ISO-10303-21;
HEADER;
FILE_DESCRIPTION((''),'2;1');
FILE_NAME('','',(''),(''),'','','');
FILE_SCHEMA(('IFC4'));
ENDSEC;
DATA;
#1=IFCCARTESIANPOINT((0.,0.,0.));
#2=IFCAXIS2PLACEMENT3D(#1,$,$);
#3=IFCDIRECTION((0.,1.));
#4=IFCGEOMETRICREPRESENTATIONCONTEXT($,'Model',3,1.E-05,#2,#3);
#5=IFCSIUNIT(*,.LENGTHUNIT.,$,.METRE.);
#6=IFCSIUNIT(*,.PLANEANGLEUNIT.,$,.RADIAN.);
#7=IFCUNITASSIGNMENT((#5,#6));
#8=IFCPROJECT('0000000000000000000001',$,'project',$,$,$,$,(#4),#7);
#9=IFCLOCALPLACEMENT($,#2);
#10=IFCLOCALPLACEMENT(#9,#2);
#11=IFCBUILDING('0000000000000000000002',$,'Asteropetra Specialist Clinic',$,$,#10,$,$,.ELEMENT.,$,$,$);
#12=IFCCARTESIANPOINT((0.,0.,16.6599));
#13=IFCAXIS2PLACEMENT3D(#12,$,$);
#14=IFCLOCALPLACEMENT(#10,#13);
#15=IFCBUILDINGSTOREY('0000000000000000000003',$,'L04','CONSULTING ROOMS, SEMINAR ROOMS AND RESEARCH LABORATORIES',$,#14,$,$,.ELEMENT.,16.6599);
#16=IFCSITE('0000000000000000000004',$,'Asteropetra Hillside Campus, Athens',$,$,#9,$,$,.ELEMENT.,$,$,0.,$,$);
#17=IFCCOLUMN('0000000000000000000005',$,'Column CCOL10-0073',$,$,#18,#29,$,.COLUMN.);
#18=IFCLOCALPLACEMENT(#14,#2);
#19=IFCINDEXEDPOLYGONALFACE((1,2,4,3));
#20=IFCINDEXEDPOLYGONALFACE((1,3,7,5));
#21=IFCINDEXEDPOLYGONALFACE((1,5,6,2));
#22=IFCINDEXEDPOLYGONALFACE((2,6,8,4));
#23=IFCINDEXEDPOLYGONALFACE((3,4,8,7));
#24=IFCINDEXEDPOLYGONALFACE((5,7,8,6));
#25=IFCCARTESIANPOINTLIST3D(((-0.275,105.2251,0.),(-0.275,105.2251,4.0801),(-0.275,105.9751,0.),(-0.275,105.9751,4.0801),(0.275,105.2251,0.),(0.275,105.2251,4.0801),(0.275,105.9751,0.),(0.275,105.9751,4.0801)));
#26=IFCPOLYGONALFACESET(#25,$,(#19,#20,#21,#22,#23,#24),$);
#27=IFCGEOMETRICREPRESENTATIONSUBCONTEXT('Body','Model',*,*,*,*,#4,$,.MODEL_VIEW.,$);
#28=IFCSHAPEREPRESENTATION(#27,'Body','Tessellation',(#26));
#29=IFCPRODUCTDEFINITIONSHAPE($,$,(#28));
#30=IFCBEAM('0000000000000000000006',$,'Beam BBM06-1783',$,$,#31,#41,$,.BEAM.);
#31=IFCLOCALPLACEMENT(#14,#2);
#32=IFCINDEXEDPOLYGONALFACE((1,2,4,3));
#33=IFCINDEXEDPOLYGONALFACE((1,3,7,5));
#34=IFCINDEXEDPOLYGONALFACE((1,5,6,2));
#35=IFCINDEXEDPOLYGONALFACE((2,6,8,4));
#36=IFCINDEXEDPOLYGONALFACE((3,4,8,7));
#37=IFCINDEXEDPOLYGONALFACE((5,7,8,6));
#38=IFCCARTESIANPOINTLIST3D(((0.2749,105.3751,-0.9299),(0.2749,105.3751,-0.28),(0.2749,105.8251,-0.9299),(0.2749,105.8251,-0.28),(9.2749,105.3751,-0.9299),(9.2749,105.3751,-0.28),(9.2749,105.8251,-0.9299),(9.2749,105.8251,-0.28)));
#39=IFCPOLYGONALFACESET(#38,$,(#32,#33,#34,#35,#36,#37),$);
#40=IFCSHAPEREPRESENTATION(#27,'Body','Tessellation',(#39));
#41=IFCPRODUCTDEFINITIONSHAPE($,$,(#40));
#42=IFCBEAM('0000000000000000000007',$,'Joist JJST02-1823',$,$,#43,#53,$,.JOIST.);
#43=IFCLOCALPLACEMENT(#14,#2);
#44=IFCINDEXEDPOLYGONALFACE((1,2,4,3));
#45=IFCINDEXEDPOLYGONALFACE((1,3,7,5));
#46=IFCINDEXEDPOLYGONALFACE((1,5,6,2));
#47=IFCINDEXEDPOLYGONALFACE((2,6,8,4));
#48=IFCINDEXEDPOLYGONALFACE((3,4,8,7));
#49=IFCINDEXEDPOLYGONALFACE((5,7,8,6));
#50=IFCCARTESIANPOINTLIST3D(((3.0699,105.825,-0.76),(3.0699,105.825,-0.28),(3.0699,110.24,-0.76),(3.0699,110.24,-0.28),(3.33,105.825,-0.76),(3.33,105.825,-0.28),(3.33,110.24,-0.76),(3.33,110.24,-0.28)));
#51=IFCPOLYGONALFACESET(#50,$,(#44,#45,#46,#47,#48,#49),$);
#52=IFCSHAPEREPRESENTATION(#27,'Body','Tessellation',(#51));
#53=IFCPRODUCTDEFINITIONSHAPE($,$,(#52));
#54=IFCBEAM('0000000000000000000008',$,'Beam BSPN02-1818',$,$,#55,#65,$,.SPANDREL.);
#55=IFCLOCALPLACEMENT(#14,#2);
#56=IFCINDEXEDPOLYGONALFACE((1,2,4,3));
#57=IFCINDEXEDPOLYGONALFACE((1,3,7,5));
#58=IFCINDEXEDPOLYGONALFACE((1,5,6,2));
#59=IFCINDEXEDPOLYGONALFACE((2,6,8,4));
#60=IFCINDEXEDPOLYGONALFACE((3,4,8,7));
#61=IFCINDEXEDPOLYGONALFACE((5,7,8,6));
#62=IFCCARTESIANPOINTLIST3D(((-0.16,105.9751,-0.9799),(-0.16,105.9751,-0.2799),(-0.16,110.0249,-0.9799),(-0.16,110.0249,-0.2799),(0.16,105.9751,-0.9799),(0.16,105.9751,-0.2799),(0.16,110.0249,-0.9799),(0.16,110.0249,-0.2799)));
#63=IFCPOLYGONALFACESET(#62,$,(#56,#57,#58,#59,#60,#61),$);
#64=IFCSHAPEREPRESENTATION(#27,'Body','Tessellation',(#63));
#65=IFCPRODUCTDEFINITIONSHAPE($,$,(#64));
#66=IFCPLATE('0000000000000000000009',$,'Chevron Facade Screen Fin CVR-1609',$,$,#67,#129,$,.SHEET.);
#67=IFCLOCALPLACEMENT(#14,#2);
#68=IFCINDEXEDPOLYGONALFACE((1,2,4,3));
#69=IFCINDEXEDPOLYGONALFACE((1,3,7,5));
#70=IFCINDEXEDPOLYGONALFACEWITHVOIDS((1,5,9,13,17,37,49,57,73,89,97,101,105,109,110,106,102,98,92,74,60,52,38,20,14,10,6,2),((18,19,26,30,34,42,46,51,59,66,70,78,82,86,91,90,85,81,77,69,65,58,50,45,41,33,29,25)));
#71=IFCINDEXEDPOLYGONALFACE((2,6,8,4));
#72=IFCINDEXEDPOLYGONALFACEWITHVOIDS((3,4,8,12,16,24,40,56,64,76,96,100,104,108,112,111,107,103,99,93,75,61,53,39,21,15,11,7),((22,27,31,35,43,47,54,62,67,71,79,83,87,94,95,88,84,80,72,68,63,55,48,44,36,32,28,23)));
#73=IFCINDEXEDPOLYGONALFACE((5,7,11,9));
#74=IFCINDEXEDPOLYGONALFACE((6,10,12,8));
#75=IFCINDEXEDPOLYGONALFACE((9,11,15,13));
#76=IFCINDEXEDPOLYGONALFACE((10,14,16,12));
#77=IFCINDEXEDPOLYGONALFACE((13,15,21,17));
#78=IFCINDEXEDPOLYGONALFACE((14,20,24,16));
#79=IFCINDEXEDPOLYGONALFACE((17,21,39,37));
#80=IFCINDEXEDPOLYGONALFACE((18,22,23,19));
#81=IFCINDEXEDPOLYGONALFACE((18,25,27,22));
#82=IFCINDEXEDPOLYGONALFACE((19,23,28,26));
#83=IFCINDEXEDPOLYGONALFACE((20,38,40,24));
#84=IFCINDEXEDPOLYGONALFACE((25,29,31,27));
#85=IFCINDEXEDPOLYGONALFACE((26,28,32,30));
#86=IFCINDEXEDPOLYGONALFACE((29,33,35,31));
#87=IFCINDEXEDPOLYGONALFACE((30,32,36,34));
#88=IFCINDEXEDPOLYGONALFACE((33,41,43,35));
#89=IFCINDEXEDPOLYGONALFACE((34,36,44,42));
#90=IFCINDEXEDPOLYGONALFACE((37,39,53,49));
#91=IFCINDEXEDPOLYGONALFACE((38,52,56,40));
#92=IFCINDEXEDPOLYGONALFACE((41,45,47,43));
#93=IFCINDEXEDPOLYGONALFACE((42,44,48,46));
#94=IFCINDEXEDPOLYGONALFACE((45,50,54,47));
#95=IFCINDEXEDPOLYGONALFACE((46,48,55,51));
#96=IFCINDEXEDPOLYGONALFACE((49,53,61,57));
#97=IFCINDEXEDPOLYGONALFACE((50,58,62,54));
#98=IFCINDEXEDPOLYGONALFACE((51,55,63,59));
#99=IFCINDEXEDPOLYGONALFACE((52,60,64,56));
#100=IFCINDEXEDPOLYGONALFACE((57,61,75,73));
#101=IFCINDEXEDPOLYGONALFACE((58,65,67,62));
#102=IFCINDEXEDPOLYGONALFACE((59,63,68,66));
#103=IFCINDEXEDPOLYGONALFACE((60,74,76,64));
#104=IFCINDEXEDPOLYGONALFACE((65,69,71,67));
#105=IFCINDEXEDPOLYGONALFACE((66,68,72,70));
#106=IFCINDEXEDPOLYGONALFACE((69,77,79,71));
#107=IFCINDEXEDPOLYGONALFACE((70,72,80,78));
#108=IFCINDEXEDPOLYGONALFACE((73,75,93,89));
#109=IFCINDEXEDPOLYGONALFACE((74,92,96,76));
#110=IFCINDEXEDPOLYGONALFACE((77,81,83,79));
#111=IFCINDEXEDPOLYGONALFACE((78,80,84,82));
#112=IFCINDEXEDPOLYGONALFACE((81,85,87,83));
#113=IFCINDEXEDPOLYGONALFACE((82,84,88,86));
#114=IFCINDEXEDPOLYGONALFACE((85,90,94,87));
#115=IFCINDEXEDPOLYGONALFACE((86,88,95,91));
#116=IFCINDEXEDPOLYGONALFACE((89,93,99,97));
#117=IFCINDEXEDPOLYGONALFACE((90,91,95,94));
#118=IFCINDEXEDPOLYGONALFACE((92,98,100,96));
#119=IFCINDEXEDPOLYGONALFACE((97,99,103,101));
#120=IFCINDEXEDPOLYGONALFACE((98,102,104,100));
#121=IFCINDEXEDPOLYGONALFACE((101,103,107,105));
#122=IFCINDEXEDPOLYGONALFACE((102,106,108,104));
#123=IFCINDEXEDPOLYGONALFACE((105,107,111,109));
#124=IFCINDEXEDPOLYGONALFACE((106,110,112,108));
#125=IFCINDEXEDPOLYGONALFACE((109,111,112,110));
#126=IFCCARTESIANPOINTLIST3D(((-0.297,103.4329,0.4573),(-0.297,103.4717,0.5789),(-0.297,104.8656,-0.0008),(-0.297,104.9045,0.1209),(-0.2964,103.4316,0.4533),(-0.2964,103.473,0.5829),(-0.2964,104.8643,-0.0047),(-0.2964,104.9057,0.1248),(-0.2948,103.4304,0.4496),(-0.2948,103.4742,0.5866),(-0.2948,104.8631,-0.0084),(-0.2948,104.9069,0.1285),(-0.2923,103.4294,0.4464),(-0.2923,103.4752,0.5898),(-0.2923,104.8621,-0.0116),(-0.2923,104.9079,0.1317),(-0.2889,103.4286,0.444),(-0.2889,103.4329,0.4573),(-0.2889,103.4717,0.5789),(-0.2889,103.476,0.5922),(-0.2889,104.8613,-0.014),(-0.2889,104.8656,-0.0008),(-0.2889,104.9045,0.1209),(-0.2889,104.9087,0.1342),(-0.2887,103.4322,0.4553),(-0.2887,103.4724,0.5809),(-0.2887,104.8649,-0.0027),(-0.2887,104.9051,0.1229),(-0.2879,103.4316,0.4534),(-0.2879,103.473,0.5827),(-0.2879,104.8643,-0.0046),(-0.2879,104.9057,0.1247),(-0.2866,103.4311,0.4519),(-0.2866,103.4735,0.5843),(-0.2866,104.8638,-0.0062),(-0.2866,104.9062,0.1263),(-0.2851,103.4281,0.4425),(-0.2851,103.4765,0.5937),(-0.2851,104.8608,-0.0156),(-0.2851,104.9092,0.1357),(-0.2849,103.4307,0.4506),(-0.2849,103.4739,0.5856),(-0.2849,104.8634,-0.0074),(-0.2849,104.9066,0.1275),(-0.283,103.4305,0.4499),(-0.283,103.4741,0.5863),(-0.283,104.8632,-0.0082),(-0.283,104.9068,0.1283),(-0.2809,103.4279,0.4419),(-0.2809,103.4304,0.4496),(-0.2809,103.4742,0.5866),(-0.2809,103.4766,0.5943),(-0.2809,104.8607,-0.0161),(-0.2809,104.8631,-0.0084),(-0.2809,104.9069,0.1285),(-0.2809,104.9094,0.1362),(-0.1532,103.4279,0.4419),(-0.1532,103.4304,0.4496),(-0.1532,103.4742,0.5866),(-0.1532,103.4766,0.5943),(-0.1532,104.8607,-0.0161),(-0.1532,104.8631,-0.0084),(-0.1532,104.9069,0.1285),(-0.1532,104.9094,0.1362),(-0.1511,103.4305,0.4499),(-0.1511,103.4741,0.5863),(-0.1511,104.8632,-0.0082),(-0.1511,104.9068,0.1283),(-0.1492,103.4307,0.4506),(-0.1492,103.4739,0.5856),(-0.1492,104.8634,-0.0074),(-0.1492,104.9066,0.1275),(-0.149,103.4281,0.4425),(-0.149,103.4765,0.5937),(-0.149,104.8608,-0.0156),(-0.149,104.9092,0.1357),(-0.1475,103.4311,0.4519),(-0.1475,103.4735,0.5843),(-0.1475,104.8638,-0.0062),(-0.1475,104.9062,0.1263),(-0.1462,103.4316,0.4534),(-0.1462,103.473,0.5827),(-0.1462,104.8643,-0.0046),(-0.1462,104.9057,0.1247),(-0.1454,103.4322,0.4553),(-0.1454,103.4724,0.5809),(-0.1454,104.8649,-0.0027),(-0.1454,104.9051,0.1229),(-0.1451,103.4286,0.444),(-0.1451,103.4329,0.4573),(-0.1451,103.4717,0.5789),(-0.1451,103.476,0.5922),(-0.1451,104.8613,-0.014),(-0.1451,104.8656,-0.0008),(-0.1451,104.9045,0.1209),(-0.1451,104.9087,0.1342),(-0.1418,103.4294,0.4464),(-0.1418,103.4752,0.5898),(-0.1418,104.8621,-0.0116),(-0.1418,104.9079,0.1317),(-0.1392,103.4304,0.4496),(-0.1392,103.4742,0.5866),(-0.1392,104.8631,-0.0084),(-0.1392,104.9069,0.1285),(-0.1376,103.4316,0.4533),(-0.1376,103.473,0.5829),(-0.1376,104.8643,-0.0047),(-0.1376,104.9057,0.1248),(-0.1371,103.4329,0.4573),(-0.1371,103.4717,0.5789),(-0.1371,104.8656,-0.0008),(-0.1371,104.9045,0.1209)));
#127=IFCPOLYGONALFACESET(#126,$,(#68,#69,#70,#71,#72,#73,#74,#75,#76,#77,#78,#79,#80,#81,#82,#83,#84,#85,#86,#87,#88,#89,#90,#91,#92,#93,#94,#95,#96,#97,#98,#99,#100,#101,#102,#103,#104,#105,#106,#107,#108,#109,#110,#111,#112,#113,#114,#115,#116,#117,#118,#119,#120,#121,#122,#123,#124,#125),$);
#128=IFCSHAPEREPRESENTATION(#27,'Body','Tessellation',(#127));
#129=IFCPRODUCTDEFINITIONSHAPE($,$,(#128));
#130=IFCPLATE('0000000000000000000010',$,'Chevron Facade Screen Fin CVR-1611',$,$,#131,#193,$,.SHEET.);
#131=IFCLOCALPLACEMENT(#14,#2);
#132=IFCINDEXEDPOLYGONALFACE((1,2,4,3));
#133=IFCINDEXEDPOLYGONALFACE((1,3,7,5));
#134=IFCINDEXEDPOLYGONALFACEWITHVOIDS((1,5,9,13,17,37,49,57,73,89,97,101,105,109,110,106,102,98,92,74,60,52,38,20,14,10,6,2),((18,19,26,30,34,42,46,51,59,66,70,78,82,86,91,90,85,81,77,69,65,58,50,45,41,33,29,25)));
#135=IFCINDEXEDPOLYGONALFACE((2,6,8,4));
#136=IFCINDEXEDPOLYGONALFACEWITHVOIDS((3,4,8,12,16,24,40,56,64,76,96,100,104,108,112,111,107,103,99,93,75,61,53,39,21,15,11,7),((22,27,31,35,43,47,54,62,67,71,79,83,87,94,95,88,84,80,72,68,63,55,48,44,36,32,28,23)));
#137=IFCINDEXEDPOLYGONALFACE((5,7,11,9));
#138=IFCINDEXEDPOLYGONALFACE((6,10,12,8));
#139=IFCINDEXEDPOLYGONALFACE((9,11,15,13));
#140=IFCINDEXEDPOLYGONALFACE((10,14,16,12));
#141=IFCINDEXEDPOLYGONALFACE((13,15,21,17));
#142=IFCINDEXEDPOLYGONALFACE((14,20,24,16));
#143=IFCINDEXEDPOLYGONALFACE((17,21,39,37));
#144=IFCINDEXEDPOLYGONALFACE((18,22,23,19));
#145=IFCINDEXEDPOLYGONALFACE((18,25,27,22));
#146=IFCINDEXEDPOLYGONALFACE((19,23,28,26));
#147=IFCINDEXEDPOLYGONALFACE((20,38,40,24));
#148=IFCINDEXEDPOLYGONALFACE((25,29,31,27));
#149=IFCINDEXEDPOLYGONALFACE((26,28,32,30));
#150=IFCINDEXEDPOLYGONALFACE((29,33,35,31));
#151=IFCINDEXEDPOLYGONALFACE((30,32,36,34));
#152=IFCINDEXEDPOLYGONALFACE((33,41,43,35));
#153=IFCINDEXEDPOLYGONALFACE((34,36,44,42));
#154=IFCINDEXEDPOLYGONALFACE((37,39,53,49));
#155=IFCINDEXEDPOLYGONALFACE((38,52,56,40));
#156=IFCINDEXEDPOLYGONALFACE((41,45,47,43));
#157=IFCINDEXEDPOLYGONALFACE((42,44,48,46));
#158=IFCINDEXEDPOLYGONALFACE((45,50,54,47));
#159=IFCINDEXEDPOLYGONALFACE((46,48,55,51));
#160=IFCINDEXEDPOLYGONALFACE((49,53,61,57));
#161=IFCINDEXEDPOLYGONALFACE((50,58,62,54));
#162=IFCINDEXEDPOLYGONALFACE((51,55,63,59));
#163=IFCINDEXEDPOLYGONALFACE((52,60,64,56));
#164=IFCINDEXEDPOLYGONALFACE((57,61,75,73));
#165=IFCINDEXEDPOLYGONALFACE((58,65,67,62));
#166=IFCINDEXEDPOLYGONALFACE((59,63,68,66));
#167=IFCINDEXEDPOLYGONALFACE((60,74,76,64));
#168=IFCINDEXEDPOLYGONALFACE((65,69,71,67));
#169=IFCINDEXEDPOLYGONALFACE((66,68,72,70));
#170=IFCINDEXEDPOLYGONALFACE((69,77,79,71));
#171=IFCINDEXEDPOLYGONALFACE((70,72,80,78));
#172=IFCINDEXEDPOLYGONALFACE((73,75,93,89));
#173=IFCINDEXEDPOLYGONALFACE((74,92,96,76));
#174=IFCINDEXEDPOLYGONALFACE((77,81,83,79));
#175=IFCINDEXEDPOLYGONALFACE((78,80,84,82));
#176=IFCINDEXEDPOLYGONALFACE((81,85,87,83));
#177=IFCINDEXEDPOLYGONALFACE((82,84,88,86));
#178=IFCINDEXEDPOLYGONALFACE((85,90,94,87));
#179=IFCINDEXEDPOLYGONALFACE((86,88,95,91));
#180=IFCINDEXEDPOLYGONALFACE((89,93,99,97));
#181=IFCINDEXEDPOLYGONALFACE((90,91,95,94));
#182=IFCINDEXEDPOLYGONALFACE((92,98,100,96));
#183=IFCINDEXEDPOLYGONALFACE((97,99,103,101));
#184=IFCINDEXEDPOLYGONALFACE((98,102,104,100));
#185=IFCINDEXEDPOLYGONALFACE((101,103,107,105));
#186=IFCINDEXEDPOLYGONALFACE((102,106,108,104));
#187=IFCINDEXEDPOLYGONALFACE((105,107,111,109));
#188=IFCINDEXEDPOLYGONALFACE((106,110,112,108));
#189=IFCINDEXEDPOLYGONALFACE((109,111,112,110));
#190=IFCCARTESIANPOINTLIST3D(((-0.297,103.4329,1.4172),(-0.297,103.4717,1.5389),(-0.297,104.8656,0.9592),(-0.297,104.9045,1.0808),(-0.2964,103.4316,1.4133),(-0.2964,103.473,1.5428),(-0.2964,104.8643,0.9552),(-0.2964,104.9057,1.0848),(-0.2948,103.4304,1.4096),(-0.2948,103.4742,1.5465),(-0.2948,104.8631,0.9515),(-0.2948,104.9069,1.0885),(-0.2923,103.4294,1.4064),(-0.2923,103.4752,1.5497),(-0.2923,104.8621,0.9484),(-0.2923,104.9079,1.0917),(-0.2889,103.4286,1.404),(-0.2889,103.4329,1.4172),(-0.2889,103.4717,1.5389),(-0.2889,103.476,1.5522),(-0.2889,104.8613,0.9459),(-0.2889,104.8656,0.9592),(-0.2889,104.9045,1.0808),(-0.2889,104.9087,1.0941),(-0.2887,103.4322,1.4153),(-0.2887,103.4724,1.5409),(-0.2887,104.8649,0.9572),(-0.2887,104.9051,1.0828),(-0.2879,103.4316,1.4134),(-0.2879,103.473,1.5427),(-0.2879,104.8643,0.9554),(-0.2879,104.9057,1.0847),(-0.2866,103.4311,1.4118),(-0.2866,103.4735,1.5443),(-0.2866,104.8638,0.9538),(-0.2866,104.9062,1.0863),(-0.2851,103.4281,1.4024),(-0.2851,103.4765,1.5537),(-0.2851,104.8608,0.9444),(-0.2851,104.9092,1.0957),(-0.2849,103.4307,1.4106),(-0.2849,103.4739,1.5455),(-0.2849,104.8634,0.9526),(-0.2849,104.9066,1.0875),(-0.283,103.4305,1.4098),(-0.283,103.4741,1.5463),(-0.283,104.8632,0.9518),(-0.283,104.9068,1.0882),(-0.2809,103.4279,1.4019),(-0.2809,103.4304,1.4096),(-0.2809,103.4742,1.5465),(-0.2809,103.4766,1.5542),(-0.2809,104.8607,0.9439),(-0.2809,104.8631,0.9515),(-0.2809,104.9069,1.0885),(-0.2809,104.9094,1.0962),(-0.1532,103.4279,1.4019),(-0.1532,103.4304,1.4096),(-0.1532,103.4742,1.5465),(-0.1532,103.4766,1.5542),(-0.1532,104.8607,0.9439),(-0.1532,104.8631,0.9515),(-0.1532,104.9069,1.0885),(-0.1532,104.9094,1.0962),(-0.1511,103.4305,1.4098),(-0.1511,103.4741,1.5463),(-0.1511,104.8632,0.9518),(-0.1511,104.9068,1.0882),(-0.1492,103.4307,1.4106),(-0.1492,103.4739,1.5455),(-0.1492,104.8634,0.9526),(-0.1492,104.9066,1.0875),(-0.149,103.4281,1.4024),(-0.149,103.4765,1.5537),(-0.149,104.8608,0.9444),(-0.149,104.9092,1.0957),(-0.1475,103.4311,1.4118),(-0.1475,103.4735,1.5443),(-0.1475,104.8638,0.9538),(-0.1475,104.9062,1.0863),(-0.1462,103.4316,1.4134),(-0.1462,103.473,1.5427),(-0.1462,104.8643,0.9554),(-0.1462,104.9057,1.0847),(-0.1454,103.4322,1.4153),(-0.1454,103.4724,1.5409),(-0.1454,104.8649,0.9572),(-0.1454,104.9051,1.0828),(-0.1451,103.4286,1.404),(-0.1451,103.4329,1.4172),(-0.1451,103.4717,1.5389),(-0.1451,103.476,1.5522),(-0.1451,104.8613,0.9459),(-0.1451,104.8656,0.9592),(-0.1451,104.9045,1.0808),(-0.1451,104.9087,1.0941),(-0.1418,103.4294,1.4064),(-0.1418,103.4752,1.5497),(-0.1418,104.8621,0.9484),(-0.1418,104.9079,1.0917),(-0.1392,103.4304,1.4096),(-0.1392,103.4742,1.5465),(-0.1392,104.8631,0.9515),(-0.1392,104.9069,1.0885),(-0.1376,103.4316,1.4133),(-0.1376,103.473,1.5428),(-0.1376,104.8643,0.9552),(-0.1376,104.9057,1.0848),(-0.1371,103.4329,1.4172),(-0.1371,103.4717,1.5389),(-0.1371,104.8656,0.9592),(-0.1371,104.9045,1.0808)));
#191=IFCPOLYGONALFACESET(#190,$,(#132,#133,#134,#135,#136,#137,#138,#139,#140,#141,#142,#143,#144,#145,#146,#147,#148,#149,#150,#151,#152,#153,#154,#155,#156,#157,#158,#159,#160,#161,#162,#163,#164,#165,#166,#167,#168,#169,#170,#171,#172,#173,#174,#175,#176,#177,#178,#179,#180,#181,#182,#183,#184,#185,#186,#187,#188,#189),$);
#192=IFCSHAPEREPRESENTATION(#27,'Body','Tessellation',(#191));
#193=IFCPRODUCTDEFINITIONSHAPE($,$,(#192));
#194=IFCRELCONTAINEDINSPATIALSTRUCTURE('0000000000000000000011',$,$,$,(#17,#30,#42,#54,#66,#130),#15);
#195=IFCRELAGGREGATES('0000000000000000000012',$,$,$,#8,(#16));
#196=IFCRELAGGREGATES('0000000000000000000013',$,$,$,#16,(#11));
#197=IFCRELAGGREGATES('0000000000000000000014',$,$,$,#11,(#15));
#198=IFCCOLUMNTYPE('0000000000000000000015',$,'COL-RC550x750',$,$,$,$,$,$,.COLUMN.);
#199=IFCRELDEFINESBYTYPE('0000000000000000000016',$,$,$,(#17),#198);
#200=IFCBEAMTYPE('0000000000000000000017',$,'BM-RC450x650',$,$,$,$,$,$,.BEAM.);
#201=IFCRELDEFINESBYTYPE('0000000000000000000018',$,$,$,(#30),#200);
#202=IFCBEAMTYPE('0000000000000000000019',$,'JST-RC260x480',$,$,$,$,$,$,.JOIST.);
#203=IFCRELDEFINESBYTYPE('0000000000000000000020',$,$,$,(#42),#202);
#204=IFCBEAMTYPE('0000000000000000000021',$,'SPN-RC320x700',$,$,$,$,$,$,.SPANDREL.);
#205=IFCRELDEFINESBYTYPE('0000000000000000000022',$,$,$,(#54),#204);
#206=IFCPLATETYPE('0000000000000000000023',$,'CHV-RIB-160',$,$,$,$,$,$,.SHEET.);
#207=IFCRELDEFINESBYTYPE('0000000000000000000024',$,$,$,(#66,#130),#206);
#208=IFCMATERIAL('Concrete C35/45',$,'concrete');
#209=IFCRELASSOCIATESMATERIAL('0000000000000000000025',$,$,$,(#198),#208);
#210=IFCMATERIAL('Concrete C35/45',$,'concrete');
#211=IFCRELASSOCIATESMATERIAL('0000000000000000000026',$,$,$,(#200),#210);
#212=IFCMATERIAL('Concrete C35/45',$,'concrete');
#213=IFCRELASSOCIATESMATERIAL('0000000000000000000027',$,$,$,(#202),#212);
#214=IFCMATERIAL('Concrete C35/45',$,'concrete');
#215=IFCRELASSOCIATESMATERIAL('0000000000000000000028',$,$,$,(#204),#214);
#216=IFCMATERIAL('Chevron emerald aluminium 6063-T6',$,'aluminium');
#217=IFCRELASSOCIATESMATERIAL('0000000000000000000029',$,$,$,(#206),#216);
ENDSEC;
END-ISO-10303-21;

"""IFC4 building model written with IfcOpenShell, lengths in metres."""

from ifc_helpers import new_model, si_unit, direction, frame, origin, origin_2d, place, context, subcontext, project, spatial, rectangle, hollow_rectangle, extrude, material, material_profile, profile_set, type_object, element, save


model = new_model("IFC4")

# Units and contexts
model_context = context("Model", 3, precision=1e-05, world=origin(), true_north=direction((0.0, 1.0)))
body_context = subcontext(model_context, "Body", "Model", "MODEL_VIEW")
ifc_project = project(units=[si_unit("LENGTHUNIT", "METRE"), si_unit("PLANEANGLEUNIT", "RADIAN")], contexts=[model_context])

# Site, building, storey
site_placement = place(None, origin())
site = spatial("IfcSite", under=ifc_project, at=site_placement, Name="Asteropetra Hillside Campus, Athens", CompositionType="ELEMENT", RefElevation=0.0)
building_placement = place(site_placement, origin())
building = spatial("IfcBuilding", under=site, at=building_placement, Name="Asteropetra Specialist Clinic", CompositionType="ELEMENT")
storey_placement = place(building_placement, frame((0.0, 0.0, 16.6599)))
storey = spatial("IfcBuildingStorey", under=building, at=storey_placement, Name="L04", Description="CONSULTING ROOMS, SEMINAR ROOMS AND RESEARCH LABORATORIES", CompositionType="ELEMENT", Elevation=16.6599)

# Column
ifc_material_1 = material(Name="Concrete C35/45", Category="concrete")
ifc_material_profile_1 = material_profile(ifc_material_1, rectangle(XDim=0.55, YDim=0.75, at=origin_2d()), Name="RC 550x750")
ifc_profile_set_1 = profile_set([ifc_material_profile_1], Name="Concrete C35/45")
column_type = type_object("IfcColumnType", Name="COL-RC550x750", PredefinedType="COLUMN", material=ifc_profile_set_1)
column_placement = place(storey_placement, frame((0.0, 105.6001, 0.0), z_axis=(0.0, 0.0, 1.0), x_axis=(1.0, 0.0, 0.0)))
element("IfcColumn", 1, at=column_placement, inside=storey, type_object=column_type, Name="Column CCOL10-0073", PredefinedType="COLUMN", context=body_context, shape_type="SweptSolid", body=[
    extrude(rectangle(XDim=0.55, YDim=0.75, at=origin_2d()), origin(), (0.0, 0.0, 1.0), 4.0801),
])

# Beams
ifc_material_2 = material(Name="Concrete C35/45", Category="concrete")
ifc_material_profile_2 = material_profile(ifc_material_2, rectangle(XDim=0.45, YDim=0.6499, at=origin_2d()), Name="RCB 450x650")
ifc_profile_set_2 = profile_set([ifc_material_profile_2], Name="Concrete C35/45")
beam_type_1 = type_object("IfcBeamType", Name="BM-RC450x650", PredefinedType="BEAM", material=ifc_profile_set_2)
beam_1_placement = place(storey_placement, frame((0.2749, 105.6001, -0.605), z_axis=(1.0, 0.0, 0.0), x_axis=(0.0, 1.0, 0.0)))
element("IfcBeam", 2, at=beam_1_placement, inside=storey, type_object=beam_type_1, Name="Beam BBM06-1783", PredefinedType="BEAM", context=body_context, shape_type="SweptSolid", body=[
    extrude(rectangle(XDim=0.45, YDim=0.6499, at=origin_2d()), origin(), (0.0, 0.0, 1.0), 9.0),
])
ifc_material_3 = material(Name="Concrete C35/45", Category="concrete")
ifc_material_profile_3 = material_profile(ifc_material_3, rectangle(XDim=0.26, YDim=0.48, at=origin_2d()), Name="RCJ 260x480")
ifc_profile_set_3 = profile_set([ifc_material_profile_3], Name="Concrete C35/45")
beam_type_2 = type_object("IfcBeamType", Name="JST-RC260x480", PredefinedType="JOIST", material=ifc_profile_set_3)
beam_2_placement = place(storey_placement, frame((3.2, 105.825, -0.52), z_axis=(0.0, 1.0, 0.0), x_axis=(-1.0, 0.0, 0.0)))
element("IfcBeam", 3, at=beam_2_placement, inside=storey, type_object=beam_type_2, Name="Joist JJST02-1823", PredefinedType="JOIST", context=body_context, shape_type="SweptSolid", body=[
    extrude(rectangle(XDim=0.26, YDim=0.48, at=origin_2d()), origin(), (0.0, 0.0, 1.0), 4.415),
])
ifc_material_4 = material(Name="Concrete C35/45", Category="concrete")
ifc_material_profile_4 = material_profile(ifc_material_4, rectangle(XDim=0.3201, YDim=0.7, at=origin_2d()), Name="RCS 320x700")
ifc_profile_set_4 = profile_set([ifc_material_profile_4], Name="Concrete C35/45")
beam_type_3 = type_object("IfcBeamType", Name="SPN-RC320x700", PredefinedType="SPANDREL", material=ifc_profile_set_4)
beam_3_placement = place(storey_placement, frame((0.0, 105.9751, -0.6299), z_axis=(0.0, 1.0, 0.0), x_axis=(-1.0, 0.0, 0.0)))
element("IfcBeam", 4, at=beam_3_placement, inside=storey, type_object=beam_type_3, Name="Beam BSPN02-1818", PredefinedType="SPANDREL", context=body_context, shape_type="SweptSolid", body=[
    extrude(rectangle(XDim=0.3201, YDim=0.7, at=origin_2d()), origin(), (0.0, 0.0, 1.0), 4.0498),
])

# Plates
ifc_material_5 = material(Name="Chevron emerald aluminium 6063-T6", Category="aluminium")
ifc_material_profile_5 = material_profile(ifc_material_5, hollow_rectangle(XDim=0.1599, YDim=0.1599, WallThickness=0.0081, InnerFilletRadius=0.0081, OuterFilletRadius=0.0161, at=origin_2d()), Name="SHS 160x160x8.0")
ifc_profile_set_5 = profile_set([ifc_material_profile_5], Name="Chevron emerald aluminium 6063-T6")
plate_type_1 = type_object("IfcPlateType", Name="CHV-RIB-160", PredefinedType="SHEET", material=ifc_profile_set_5)
for number, where, z_axis, x_axis, name in (
    (5, (-0.217, 104.885, 0.0601), (0.0, -0.952507, 0.304517), (1.0, 0.0, 0.0), "Chevron Facade Screen Fin CVR-1609"),
    (6, (-0.217, 104.885, 1.02), (0.0, -0.952507, 0.304517), (1.0, 0.0, 0.0), "Chevron Facade Screen Fin CVR-1611"),
):
    element("IfcPlate", number, at=place(storey_placement, frame(where, z_axis=z_axis, x_axis=x_axis)), inside=storey, type_object=plate_type_1, Name=name, PredefinedType="SHEET", context=body_context, shape_type="SweptSolid", body=[
        extrude(hollow_rectangle(XDim=0.1599, YDim=0.1599, WallThickness=0.0081, InnerFilletRadius=0.0081, OuterFilletRadius=0.0161, at=origin_2d()), origin(), (0.0, 0.0, 1.0), 1.5042),
    ])

save(model, "model.ifc")
